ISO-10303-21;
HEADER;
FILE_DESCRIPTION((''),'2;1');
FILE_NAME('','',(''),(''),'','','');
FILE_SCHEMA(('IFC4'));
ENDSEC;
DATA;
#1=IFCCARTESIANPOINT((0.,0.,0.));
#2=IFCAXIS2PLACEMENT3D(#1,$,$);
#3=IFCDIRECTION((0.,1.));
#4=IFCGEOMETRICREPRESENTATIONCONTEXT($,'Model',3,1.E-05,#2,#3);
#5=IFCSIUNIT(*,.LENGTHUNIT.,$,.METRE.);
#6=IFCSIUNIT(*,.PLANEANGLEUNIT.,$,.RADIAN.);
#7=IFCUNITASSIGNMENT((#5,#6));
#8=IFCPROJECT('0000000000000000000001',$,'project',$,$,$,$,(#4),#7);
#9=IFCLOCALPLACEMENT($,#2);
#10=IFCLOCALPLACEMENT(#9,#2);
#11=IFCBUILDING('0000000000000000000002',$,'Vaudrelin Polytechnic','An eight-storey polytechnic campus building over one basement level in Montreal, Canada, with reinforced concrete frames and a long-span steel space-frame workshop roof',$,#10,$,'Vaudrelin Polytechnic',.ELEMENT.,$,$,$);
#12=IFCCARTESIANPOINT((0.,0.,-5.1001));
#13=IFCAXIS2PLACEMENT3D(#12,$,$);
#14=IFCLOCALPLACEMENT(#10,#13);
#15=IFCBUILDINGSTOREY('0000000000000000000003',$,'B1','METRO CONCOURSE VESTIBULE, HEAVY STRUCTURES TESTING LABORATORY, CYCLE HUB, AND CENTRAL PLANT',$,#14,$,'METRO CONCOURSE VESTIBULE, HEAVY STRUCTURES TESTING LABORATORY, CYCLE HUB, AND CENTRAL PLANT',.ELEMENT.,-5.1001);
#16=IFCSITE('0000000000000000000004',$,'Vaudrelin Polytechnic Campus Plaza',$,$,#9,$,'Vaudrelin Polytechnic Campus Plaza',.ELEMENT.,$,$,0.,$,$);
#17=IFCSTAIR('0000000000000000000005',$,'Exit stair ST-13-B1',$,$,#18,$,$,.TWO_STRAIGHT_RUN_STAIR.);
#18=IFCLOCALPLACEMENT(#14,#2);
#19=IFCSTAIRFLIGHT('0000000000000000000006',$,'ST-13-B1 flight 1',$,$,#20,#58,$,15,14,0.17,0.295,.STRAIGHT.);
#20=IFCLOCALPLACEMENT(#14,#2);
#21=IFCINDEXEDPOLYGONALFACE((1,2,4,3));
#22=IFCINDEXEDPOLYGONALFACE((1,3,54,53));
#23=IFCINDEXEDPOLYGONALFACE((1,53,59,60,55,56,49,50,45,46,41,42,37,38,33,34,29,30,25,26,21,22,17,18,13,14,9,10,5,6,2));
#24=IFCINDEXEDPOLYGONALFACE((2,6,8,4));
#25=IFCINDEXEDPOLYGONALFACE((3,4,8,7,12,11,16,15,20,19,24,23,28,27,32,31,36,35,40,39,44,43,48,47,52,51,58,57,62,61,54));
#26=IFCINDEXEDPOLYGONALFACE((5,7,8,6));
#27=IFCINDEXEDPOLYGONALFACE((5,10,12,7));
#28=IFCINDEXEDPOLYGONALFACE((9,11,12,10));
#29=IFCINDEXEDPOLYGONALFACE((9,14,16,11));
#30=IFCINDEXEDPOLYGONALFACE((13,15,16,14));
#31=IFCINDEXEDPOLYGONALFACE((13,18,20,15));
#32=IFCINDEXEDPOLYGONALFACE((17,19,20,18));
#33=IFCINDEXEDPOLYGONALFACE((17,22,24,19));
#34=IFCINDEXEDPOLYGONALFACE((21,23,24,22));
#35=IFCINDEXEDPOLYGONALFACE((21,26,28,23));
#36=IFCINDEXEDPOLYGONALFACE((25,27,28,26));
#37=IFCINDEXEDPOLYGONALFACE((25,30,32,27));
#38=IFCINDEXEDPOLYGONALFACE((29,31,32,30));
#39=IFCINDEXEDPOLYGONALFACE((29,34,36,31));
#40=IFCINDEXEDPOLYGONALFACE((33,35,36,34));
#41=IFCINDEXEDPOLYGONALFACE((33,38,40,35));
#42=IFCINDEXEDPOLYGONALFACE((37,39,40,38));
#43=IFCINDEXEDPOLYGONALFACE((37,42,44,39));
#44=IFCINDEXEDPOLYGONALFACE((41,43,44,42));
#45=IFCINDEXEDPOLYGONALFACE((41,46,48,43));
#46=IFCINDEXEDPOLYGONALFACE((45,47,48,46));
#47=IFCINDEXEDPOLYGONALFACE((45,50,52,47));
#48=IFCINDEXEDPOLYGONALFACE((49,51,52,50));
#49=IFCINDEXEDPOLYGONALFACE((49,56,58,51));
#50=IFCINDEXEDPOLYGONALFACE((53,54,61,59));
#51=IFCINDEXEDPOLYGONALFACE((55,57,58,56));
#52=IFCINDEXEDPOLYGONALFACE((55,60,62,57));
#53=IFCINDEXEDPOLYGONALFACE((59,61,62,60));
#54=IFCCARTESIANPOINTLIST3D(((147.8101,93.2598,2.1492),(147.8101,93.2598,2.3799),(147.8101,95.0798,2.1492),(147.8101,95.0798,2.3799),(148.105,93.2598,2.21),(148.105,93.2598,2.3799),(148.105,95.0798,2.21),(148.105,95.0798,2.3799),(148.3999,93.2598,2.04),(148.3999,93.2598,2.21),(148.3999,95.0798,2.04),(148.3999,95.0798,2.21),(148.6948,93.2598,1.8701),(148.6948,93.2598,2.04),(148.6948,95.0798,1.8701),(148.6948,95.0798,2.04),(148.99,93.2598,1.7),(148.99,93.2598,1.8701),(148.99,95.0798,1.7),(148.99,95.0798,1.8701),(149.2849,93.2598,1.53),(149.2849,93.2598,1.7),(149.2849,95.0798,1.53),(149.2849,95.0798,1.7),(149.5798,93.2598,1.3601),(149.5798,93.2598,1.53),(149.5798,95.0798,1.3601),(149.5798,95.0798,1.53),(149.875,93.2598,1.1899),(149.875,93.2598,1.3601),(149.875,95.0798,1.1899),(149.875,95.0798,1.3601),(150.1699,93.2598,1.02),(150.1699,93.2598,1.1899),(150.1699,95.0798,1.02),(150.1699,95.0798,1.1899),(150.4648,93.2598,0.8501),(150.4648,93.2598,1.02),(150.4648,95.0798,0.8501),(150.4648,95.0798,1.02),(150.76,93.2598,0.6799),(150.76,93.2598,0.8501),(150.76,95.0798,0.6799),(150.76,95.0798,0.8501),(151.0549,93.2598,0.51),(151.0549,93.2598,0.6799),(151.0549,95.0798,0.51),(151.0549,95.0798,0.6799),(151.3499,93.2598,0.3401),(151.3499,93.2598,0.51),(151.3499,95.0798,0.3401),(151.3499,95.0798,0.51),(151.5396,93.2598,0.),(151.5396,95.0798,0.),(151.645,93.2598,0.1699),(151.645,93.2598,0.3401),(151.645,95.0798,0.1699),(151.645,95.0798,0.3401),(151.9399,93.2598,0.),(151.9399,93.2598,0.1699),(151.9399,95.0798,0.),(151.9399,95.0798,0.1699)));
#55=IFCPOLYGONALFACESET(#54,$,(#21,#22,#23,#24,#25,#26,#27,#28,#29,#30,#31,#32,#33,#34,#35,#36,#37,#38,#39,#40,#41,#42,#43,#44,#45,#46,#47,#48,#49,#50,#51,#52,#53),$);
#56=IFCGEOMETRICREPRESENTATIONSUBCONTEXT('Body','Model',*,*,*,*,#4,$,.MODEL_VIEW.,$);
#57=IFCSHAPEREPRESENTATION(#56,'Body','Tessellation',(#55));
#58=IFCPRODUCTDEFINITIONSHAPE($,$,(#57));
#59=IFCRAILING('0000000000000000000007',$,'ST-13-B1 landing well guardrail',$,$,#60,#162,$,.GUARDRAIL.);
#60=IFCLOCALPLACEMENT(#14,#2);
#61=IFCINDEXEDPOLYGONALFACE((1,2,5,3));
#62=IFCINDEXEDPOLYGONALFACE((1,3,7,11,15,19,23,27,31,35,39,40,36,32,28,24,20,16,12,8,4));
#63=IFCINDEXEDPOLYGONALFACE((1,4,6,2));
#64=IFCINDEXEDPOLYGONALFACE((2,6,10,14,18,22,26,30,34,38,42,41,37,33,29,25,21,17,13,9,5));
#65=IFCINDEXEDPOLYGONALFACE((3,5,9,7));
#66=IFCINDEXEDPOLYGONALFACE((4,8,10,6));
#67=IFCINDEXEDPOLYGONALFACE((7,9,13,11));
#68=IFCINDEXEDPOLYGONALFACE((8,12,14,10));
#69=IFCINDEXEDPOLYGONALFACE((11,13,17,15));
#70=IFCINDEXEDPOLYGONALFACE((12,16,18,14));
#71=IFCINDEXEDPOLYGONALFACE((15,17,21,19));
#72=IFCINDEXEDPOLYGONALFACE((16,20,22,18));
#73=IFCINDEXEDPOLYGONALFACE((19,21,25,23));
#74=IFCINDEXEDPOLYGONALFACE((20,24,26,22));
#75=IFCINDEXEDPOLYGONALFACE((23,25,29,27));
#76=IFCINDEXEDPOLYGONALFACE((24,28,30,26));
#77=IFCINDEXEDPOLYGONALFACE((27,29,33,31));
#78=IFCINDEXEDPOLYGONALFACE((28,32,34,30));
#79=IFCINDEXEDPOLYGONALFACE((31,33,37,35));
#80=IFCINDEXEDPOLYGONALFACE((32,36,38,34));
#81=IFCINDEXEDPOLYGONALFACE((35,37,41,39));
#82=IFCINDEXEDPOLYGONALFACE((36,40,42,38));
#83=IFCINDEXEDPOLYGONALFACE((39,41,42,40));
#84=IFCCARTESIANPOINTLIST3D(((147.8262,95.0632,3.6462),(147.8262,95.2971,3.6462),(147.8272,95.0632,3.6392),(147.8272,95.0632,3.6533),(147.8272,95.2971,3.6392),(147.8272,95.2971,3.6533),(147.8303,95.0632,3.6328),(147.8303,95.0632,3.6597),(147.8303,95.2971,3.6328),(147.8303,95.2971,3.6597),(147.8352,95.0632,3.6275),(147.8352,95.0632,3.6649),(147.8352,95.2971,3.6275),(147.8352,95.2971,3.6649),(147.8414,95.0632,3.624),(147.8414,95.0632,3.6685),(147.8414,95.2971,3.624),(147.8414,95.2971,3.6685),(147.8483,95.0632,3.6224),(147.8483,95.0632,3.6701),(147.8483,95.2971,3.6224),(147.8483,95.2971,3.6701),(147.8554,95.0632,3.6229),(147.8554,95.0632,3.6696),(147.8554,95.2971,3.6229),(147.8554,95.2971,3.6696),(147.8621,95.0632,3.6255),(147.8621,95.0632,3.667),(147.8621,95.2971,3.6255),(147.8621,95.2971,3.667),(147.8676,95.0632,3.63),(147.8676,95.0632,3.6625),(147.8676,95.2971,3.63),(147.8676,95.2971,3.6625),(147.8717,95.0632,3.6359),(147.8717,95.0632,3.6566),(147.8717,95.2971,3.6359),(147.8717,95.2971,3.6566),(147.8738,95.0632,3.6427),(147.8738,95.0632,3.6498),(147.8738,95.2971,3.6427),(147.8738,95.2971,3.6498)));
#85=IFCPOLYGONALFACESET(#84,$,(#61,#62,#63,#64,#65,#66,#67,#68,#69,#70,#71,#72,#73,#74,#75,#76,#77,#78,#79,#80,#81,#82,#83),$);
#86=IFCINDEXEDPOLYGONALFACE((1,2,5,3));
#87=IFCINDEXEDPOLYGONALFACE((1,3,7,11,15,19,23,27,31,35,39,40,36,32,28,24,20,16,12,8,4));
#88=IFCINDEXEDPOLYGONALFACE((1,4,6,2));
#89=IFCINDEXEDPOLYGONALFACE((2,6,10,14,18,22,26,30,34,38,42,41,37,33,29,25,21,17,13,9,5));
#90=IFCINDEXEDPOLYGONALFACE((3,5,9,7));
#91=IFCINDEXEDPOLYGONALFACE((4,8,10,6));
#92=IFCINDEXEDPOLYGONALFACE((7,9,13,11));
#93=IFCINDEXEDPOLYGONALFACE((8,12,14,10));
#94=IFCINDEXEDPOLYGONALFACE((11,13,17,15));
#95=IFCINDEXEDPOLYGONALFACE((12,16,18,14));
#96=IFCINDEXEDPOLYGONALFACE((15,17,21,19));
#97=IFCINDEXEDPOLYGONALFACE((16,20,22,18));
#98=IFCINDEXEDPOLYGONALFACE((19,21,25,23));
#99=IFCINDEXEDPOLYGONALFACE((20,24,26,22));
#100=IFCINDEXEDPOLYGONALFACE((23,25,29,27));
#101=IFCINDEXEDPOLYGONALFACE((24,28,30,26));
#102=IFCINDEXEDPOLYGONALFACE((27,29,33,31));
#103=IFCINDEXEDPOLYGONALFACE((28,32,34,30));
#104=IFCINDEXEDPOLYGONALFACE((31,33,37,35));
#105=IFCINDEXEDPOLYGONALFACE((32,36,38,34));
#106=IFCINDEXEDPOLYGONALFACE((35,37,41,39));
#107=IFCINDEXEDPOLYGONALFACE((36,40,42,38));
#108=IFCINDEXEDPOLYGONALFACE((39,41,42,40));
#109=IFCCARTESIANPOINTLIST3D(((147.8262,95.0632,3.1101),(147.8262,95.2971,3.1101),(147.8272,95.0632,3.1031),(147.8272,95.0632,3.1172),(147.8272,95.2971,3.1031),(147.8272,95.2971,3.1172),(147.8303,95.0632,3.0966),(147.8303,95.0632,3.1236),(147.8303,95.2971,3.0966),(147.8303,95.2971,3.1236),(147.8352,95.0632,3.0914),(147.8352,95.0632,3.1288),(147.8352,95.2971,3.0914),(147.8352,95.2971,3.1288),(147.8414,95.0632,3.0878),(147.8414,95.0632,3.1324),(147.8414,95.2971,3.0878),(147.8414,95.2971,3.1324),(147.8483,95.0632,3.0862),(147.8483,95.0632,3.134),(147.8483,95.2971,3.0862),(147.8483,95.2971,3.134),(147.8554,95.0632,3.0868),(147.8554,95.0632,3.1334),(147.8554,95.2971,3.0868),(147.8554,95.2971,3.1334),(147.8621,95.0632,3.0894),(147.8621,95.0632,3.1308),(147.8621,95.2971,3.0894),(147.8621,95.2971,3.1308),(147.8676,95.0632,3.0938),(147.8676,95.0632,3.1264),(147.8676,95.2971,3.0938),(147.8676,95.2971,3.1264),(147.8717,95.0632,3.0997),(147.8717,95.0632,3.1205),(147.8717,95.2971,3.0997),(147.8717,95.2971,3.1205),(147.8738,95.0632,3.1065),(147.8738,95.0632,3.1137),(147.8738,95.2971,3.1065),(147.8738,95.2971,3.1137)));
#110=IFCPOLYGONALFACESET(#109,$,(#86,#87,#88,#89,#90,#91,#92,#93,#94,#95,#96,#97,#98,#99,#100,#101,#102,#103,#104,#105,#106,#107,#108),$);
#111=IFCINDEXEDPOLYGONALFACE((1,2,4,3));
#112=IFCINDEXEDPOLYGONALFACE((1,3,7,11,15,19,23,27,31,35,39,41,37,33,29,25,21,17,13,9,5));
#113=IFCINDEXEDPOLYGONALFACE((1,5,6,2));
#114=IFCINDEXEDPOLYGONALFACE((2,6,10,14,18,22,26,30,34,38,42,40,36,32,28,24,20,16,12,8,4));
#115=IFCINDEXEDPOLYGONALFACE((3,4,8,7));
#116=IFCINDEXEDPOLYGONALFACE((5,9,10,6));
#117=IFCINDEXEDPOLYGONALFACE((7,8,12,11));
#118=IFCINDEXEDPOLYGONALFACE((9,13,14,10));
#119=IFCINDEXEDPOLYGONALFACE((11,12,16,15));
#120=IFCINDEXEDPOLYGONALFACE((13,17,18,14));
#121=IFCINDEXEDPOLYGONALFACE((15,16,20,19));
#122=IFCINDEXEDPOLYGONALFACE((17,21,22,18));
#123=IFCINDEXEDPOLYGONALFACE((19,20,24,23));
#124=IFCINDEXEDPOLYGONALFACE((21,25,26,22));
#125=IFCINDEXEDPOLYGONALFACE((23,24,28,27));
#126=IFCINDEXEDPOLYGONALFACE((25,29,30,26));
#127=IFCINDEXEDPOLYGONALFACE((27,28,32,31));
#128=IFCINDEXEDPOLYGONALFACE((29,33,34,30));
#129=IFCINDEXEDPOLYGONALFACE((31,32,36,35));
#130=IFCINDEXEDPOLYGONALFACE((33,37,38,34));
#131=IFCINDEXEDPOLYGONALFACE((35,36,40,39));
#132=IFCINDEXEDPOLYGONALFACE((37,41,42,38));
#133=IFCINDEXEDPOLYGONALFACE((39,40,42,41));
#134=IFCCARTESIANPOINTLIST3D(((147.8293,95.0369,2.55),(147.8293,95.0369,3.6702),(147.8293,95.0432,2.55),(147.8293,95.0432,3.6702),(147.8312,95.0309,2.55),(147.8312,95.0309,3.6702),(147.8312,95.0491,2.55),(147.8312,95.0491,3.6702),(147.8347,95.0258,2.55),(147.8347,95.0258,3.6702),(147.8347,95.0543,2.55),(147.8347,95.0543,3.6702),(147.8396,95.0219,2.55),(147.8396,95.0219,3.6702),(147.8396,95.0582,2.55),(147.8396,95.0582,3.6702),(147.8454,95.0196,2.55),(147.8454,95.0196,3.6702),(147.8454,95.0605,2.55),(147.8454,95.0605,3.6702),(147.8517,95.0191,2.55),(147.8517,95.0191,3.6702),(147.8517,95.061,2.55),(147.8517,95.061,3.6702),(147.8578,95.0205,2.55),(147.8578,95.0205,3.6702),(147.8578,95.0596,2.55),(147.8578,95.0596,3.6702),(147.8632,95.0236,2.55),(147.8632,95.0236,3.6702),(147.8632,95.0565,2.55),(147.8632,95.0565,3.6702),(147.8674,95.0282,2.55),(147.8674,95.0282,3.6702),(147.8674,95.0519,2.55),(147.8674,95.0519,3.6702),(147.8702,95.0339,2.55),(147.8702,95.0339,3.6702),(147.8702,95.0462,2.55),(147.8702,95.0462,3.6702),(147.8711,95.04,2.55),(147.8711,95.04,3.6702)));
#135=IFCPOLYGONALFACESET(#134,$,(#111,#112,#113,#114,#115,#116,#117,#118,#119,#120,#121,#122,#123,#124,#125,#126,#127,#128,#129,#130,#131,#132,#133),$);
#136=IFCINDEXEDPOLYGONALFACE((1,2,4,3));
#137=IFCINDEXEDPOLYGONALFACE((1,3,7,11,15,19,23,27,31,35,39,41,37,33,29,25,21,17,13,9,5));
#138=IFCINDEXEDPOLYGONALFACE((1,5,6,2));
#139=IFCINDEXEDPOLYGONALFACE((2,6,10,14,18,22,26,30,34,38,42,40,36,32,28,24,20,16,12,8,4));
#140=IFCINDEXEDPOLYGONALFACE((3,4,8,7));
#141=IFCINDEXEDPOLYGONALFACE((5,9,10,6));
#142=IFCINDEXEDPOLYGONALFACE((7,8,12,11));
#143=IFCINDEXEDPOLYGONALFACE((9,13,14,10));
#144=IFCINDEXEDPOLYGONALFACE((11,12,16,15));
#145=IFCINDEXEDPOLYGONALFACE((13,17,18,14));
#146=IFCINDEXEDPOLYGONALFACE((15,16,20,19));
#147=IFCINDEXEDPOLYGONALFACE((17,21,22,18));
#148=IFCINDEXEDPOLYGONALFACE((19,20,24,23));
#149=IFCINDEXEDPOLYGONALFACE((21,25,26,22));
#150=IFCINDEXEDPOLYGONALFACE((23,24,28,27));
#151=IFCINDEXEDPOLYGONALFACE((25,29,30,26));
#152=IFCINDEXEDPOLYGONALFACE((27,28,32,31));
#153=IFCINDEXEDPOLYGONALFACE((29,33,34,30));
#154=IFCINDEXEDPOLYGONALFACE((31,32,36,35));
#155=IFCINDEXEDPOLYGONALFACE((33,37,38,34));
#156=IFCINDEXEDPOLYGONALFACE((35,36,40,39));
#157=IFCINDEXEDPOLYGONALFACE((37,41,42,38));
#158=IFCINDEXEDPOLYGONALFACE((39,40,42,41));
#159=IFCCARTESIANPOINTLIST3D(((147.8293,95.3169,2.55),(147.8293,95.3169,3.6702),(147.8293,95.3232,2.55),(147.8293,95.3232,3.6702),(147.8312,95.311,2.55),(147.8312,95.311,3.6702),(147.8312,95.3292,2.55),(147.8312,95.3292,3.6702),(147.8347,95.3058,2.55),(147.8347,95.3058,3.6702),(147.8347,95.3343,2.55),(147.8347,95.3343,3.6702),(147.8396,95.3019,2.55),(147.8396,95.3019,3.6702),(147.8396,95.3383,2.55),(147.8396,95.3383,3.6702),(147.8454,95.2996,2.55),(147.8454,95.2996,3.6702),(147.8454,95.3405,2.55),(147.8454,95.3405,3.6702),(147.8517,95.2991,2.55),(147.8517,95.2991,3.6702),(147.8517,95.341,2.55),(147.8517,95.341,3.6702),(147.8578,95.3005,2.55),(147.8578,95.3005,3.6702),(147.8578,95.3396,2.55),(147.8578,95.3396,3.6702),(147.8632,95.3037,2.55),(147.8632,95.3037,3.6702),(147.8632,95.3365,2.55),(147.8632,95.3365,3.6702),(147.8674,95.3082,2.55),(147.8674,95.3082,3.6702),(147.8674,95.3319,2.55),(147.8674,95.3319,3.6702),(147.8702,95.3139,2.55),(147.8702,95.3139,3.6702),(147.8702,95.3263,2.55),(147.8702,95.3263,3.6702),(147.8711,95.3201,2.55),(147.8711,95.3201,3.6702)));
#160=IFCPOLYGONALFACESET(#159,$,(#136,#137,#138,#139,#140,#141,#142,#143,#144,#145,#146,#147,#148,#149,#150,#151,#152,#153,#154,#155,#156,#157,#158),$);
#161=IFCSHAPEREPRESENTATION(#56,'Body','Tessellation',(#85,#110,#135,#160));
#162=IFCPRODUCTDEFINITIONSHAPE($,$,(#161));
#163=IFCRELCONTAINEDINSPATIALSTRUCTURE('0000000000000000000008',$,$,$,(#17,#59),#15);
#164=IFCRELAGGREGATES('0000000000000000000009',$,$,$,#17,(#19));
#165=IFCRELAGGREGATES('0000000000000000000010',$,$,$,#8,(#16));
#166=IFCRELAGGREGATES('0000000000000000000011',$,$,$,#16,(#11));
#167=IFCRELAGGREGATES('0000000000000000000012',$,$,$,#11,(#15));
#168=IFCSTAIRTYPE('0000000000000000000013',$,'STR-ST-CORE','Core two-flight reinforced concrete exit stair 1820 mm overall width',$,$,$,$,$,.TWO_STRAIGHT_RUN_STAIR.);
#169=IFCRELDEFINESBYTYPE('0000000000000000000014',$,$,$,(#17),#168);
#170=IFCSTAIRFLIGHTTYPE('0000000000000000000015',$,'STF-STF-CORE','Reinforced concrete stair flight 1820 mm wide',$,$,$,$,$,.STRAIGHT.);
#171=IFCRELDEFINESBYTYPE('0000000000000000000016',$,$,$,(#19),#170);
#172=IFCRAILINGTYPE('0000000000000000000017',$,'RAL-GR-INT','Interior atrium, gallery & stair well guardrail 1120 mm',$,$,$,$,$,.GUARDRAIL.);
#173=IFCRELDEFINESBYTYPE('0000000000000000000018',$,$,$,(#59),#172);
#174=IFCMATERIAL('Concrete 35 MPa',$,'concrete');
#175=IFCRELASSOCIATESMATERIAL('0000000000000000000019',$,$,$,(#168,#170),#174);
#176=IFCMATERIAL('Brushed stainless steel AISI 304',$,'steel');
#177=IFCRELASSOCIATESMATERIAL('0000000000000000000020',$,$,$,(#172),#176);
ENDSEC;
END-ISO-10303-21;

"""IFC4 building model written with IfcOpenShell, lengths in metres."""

from ifc_helpers import new_model, si_unit, direction, frame, origin, origin_2d, place, context, subcontext, project, spatial, polyline, circle, outline, extrude, material, type_object, element, aggregate, save


model = new_model("IFC4")

# Units and contexts
model_context = context("Model", 3, precision=1e-05, world=origin(), true_north=direction((0.0, 1.0)))
body_context = subcontext(model_context, "Body", "Model", "MODEL_VIEW")
ifc_project = project(units=[si_unit("LENGTHUNIT", "METRE"), si_unit("PLANEANGLEUNIT", "RADIAN")], contexts=[model_context])

# Site, building, storey
site_placement = place(None, origin())
site = spatial("IfcSite", under=ifc_project, at=site_placement, Name="Vaudrelin Polytechnic Campus Plaza", LongName="Vaudrelin Polytechnic Campus Plaza", CompositionType="ELEMENT", RefElevation=0.0)
building_placement = place(site_placement, origin())
building = spatial("IfcBuilding", under=site, at=building_placement, Name="Vaudrelin Polytechnic", Description="An eight-storey polytechnic campus building over one basement level in Montreal, Canada, with reinforced concrete frames and a long-span steel space-frame workshop roof", LongName="Vaudrelin Polytechnic", CompositionType="ELEMENT")
storey_placement = place(building_placement, frame((0.0, 0.0, -5.1001)))
storey = spatial("IfcBuildingStorey", under=building, at=storey_placement, Name="B1", Description="METRO CONCOURSE VESTIBULE, HEAVY STRUCTURES TESTING LABORATORY, CYCLE HUB, AND CENTRAL PLANT", LongName="METRO CONCOURSE VESTIBULE, HEAVY STRUCTURES TESTING LABORATORY, CYCLE HUB, AND CENTRAL PLANT", CompositionType="ELEMENT", Elevation=-5.1001)

# Stair, stair flight
ifc_material_1 = material(Name="Concrete 35 MPa", Category="concrete")
stair_type = type_object("IfcStairType", Name="STR-ST-CORE", Description="Core two-flight reinforced concrete exit stair 1820 mm overall width", PredefinedType="TWO_STRAIGHT_RUN_STAIR", material=ifc_material_1)
stair_placement = place(storey_placement, origin())
stair = element("IfcStair", 1, at=stair_placement, inside=storey, type_object=stair_type, Name="Exit stair ST-13-B1", PredefinedType="TWO_STRAIGHT_RUN_STAIR")
stair_flight_type = type_object("IfcStairFlightType", Name="STF-STF-CORE", Description="Reinforced concrete stair flight 1820 mm wide", PredefinedType="STRAIGHT", material=ifc_material_1)
stair_flight_placement = place(storey_placement, frame((151.9399, 94.1699, 0.0), z_axis=(0.0, 0.0, 1.0), x_axis=(-1.0, 0.0, 0.0)))
stair_flight = element("IfcStairFlight", 2, at=stair_flight_placement, type_object=stair_flight_type, Name="ST-13-B1 flight 1", NumberOfRisers=15, NumberOfTreads=14, PredefinedType="STRAIGHT", RiserHeight=0.17, TreadLength=0.295, context=body_context, shape_type="SweptSolid", body=[
    extrude(outline(polyline([(0.0, 0.0), (0.0, 0.1699), (0.2949, 0.1699), (0.2949, 0.3401), (0.5901, 0.3401), (0.5901, 0.51), (0.885, 0.51), (0.885, 0.6799), (1.1799, 0.6799), (1.1799, 0.8501), (1.4751, 0.8501), (1.4751, 1.02), (1.77, 1.02), (1.77, 1.1899), (2.0649, 1.1899), (2.0649, 1.3601), (2.3601, 1.3601), (2.3601, 1.53), (2.655, 1.53), (2.655, 1.7), (2.95, 1.7), (2.95, 1.8701), (3.2451, 1.8701), (3.2451, 2.04), (3.54, 2.04), (3.54, 2.21), (3.835, 2.21), (3.835, 2.3799), (4.1299, 2.3799), (4.1299, 2.55), (4.1299, 2.1492), (0.4004, 0.0), (0.0, 0.0)])), frame((0.0, 0.9102, 0.0), z_axis=(0.0, -1.0, 0.0), x_axis=(1.0, 0.0, 0.0)), (0.0, 0.0, 1.0), 1.8201),
])
aggregate(stair, [stair_flight])

# Railing
ifc_material_2 = material(Name="Brushed stainless steel AISI 304", Category="steel")
railing_type_1 = type_object("IfcRailingType", Name="RAL-GR-INT", Description="Interior atrium, gallery & stair well guardrail 1120 mm", PredefinedType="GUARDRAIL", material=ifc_material_2)
railing_1_placement = place(storey_placement, frame((147.8501, 95.04, 2.55)))
element("IfcRailing", 3, at=railing_1_placement, inside=storey, type_object=railing_type_1, Name="ST-13-B1 landing well guardrail", PredefinedType="GUARDRAIL", context=body_context, shape_type="SweptSolid", body=[
    extrude(circle(Radius=0.0239, at=origin_2d()), frame((0.0, 0.0232, 1.0962), z_axis=(0.0, 1.0, 0.0), x_axis=(-1.0, 0.0, 0.0)), (0.0, 0.0, 1.0), 0.2339),
    extrude(circle(Radius=0.0239, at=origin_2d()), frame((0.0, 0.0232, 0.5601), z_axis=(0.0, 1.0, 0.0), x_axis=(-1.0, 0.0, 0.0)), (0.0, 0.0, 1.0), 0.2339),
    extrude(circle(Radius=0.021, at=origin_2d()), origin(), (0.0, 0.0, 1.0), 1.1201),
    extrude(circle(Radius=0.021, at=origin_2d()), frame((0.0, 0.28, 0.0)), (0.0, 0.0, 1.0), 1.1201),
])

save(model, "model.ifc")
